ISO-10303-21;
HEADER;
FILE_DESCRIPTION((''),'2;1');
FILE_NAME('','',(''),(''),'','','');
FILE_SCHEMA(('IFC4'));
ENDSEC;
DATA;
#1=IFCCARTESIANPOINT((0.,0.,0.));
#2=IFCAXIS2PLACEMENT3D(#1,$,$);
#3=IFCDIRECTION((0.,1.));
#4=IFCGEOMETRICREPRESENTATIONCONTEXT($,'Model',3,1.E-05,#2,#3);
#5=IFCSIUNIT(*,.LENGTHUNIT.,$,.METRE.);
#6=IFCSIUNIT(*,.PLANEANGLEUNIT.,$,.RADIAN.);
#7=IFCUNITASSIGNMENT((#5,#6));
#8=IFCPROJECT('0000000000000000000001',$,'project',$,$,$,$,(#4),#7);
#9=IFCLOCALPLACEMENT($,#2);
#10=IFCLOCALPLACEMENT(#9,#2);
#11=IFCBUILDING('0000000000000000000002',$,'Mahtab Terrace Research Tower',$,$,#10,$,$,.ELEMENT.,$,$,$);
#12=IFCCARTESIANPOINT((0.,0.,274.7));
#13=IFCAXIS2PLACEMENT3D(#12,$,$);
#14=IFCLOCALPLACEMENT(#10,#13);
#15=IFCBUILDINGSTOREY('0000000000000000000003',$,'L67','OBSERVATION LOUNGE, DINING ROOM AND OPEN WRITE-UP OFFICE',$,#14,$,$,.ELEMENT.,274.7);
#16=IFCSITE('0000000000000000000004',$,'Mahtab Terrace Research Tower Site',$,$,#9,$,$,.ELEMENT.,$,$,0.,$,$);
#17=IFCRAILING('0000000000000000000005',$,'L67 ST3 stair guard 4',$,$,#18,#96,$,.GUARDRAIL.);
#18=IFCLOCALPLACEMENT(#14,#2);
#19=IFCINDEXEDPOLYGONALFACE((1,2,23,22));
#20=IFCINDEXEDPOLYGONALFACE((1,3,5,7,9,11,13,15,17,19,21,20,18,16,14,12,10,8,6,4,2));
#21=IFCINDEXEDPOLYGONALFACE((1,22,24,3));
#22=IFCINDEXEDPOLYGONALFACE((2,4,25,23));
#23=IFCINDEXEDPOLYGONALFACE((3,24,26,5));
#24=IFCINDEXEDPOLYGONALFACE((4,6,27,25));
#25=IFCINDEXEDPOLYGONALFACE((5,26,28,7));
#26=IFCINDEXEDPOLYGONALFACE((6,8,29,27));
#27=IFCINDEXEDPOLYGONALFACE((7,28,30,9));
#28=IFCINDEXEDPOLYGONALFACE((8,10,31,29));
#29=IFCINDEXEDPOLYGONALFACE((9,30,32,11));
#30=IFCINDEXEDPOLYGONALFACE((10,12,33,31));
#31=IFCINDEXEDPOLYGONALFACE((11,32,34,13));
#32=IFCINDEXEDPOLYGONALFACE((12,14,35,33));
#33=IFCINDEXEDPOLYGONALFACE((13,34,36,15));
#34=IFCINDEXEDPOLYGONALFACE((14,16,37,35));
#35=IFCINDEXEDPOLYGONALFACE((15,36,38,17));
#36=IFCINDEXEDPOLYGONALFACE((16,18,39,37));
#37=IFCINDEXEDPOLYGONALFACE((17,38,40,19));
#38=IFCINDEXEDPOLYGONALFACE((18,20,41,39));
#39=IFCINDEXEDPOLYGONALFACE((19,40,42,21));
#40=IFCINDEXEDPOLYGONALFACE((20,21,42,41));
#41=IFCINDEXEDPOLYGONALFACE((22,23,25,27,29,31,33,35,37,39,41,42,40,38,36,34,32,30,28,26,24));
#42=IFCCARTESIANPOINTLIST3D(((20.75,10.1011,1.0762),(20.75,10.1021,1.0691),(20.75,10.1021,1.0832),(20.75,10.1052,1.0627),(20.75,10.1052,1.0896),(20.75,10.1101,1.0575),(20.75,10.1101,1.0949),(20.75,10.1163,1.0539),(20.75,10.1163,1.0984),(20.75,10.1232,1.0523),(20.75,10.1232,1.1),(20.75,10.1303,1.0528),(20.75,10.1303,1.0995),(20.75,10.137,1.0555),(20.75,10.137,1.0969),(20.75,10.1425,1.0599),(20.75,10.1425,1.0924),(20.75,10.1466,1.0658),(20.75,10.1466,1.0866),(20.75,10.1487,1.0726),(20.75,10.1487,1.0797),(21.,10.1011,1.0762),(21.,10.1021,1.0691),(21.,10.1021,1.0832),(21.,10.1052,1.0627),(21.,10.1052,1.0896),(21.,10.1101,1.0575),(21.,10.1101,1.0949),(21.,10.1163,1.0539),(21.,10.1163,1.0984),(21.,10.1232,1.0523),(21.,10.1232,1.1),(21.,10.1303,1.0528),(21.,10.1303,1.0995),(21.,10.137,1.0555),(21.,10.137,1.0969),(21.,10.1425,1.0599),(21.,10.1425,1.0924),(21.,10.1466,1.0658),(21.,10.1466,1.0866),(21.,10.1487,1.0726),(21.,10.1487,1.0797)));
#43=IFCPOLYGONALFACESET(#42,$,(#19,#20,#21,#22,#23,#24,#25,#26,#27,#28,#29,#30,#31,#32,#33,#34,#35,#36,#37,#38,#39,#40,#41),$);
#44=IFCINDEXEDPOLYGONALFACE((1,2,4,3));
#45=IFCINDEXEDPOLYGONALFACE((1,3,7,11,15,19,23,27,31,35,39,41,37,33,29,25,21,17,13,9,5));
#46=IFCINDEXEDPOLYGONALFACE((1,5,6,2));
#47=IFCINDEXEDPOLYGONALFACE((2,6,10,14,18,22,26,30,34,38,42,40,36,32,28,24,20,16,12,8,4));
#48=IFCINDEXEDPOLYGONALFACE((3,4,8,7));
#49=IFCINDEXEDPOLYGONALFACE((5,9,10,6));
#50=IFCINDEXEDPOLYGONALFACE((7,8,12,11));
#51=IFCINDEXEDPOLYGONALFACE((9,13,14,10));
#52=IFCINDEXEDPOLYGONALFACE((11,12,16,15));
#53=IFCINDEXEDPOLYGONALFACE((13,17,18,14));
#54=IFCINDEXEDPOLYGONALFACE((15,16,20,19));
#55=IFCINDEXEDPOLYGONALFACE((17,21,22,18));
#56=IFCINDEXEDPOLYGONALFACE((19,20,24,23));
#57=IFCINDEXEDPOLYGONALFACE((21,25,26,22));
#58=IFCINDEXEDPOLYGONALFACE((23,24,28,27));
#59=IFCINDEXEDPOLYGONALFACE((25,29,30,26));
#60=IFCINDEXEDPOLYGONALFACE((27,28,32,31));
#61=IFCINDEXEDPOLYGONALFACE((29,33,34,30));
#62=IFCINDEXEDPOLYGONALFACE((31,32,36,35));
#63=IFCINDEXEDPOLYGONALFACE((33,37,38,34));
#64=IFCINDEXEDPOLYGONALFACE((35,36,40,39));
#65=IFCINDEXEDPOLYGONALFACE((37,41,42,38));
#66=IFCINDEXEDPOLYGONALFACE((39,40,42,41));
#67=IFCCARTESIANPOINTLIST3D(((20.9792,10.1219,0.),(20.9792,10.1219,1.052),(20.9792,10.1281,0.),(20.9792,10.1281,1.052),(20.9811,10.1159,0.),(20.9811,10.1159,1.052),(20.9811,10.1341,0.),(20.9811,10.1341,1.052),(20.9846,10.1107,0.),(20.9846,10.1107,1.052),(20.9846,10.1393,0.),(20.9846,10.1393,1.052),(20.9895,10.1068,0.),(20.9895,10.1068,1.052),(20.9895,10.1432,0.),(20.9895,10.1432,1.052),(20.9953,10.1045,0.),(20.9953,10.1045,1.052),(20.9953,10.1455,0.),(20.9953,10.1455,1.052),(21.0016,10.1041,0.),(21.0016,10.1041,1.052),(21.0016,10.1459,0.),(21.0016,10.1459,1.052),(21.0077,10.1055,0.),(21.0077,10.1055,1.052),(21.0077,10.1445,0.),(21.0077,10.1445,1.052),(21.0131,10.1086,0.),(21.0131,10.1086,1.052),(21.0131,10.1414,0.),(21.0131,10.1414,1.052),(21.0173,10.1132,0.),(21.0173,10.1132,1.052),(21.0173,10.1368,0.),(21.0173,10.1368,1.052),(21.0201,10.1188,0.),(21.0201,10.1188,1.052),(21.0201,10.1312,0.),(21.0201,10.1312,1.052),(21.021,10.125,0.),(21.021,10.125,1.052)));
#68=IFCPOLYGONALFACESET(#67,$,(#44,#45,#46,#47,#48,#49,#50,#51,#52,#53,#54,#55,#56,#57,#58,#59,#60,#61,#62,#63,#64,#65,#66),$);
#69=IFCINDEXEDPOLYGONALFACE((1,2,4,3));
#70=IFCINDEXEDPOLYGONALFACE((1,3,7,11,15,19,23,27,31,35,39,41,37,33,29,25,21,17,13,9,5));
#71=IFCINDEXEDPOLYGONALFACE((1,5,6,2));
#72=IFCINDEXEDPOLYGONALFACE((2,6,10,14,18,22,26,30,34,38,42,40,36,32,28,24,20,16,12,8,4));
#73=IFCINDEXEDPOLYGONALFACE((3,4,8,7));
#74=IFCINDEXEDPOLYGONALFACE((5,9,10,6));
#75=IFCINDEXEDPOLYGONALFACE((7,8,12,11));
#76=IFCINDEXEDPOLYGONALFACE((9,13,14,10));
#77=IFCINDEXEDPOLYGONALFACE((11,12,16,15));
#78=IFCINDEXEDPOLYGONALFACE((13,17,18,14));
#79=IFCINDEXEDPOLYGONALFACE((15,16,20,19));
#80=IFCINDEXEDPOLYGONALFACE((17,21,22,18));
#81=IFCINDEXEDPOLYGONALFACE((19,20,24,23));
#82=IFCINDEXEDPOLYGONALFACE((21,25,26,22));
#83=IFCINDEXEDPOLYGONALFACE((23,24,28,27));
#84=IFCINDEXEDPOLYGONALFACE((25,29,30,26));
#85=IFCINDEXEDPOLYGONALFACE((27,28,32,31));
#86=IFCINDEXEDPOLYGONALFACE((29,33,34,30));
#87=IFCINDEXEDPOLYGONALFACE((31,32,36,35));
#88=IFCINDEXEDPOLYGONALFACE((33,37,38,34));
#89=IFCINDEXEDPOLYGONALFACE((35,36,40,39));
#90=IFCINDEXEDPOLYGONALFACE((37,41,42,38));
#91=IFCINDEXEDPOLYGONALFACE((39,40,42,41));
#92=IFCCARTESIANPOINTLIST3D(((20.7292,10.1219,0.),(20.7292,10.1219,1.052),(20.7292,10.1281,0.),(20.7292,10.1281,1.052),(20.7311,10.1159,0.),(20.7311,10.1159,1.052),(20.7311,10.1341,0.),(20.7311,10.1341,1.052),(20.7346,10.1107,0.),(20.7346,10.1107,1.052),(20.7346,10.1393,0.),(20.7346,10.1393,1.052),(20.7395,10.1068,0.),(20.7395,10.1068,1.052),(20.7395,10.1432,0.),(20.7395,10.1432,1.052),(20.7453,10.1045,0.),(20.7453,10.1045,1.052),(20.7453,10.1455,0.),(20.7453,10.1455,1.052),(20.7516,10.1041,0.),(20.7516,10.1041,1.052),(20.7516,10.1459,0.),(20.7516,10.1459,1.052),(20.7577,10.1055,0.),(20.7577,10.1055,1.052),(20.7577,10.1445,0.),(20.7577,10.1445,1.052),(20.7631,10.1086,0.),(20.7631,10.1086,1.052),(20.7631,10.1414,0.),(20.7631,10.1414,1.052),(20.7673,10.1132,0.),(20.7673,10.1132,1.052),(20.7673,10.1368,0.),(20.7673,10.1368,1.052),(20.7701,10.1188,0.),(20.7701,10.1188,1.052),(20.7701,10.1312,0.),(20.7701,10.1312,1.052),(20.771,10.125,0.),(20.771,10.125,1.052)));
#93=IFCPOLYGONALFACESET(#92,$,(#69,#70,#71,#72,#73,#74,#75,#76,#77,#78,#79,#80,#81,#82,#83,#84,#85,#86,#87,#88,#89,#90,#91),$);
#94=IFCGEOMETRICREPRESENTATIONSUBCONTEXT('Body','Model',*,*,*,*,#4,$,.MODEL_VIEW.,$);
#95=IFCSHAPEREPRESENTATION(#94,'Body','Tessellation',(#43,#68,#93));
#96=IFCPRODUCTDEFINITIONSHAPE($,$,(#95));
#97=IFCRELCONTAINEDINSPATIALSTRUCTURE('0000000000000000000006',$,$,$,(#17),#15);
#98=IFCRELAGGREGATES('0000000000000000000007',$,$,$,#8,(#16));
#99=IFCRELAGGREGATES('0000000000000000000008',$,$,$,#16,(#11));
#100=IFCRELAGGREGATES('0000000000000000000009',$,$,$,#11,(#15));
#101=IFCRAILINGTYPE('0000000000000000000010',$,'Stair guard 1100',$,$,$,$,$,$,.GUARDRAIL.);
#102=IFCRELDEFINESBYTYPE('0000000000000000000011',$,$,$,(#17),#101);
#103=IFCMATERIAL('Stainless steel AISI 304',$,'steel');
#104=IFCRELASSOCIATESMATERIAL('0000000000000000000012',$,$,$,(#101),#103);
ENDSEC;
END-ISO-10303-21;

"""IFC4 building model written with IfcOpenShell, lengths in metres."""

from ifc_helpers import new_model, si_unit, direction, frame, origin, origin_2d, place, context, subcontext, project, spatial, circle, extrude, material, type_object, element, save


model = new_model("IFC4")

# Units and contexts
model_context = context("Model", 3, precision=1e-05, world=origin(), true_north=direction((0.0, 1.0)))
body_context = subcontext(model_context, "Body", "Model", "MODEL_VIEW")
ifc_project = project(units=[si_unit("LENGTHUNIT", "METRE"), si_unit("PLANEANGLEUNIT", "RADIAN")], contexts=[model_context])

# Site, building, storey
site_placement = place(None, origin())
site = spatial("IfcSite", under=ifc_project, at=site_placement, Name="Mahtab Terrace Research Tower Site", CompositionType="ELEMENT", RefElevation=0.0)
building_placement = place(site_placement, origin())
building = spatial("IfcBuilding", under=site, at=building_placement, Name="Mahtab Terrace Research Tower", CompositionType="ELEMENT")
storey_placement = place(building_placement, frame((0.0, 0.0, 274.7)))
storey = spatial("IfcBuildingStorey", under=building, at=storey_placement, Name="L67", Description="OBSERVATION LOUNGE, DINING ROOM AND OPEN WRITE-UP OFFICE", CompositionType="ELEMENT", Elevation=274.7)

# Railing
ifc_material_1 = material(Name="Stainless steel AISI 304", Category="steel")
railing_type_1 = type_object("IfcRailingType", Name="Stair guard 1100", PredefinedType="GUARDRAIL", material=ifc_material_1)
railing_1_placement = place(storey_placement, frame((21.0, 10.125, 0.0)))
element("IfcRailing", 1, at=railing_1_placement, inside=storey, type_object=railing_type_1, Name="L67 ST3 stair guard 4", PredefinedType="GUARDRAIL", context=body_context, shape_type="SweptSolid", body=[
    extrude(circle(Radius=0.0239, at=origin_2d()), frame((0.0, 0.0, 1.0762), z_axis=(-1.0, 0.0, 0.0), x_axis=(0.0, -1.0, 0.0)), (0.0, 0.0, 1.0), 0.25),
    extrude(circle(Radius=0.021, at=origin_2d()), origin(), (0.0, 0.0, 1.0), 1.052),
    extrude(circle(Radius=0.021, at=origin_2d()), frame((-0.25, 0.0, 0.0)), (0.0, 0.0, 1.0), 1.052),
])

save(model, "model.ifc")
